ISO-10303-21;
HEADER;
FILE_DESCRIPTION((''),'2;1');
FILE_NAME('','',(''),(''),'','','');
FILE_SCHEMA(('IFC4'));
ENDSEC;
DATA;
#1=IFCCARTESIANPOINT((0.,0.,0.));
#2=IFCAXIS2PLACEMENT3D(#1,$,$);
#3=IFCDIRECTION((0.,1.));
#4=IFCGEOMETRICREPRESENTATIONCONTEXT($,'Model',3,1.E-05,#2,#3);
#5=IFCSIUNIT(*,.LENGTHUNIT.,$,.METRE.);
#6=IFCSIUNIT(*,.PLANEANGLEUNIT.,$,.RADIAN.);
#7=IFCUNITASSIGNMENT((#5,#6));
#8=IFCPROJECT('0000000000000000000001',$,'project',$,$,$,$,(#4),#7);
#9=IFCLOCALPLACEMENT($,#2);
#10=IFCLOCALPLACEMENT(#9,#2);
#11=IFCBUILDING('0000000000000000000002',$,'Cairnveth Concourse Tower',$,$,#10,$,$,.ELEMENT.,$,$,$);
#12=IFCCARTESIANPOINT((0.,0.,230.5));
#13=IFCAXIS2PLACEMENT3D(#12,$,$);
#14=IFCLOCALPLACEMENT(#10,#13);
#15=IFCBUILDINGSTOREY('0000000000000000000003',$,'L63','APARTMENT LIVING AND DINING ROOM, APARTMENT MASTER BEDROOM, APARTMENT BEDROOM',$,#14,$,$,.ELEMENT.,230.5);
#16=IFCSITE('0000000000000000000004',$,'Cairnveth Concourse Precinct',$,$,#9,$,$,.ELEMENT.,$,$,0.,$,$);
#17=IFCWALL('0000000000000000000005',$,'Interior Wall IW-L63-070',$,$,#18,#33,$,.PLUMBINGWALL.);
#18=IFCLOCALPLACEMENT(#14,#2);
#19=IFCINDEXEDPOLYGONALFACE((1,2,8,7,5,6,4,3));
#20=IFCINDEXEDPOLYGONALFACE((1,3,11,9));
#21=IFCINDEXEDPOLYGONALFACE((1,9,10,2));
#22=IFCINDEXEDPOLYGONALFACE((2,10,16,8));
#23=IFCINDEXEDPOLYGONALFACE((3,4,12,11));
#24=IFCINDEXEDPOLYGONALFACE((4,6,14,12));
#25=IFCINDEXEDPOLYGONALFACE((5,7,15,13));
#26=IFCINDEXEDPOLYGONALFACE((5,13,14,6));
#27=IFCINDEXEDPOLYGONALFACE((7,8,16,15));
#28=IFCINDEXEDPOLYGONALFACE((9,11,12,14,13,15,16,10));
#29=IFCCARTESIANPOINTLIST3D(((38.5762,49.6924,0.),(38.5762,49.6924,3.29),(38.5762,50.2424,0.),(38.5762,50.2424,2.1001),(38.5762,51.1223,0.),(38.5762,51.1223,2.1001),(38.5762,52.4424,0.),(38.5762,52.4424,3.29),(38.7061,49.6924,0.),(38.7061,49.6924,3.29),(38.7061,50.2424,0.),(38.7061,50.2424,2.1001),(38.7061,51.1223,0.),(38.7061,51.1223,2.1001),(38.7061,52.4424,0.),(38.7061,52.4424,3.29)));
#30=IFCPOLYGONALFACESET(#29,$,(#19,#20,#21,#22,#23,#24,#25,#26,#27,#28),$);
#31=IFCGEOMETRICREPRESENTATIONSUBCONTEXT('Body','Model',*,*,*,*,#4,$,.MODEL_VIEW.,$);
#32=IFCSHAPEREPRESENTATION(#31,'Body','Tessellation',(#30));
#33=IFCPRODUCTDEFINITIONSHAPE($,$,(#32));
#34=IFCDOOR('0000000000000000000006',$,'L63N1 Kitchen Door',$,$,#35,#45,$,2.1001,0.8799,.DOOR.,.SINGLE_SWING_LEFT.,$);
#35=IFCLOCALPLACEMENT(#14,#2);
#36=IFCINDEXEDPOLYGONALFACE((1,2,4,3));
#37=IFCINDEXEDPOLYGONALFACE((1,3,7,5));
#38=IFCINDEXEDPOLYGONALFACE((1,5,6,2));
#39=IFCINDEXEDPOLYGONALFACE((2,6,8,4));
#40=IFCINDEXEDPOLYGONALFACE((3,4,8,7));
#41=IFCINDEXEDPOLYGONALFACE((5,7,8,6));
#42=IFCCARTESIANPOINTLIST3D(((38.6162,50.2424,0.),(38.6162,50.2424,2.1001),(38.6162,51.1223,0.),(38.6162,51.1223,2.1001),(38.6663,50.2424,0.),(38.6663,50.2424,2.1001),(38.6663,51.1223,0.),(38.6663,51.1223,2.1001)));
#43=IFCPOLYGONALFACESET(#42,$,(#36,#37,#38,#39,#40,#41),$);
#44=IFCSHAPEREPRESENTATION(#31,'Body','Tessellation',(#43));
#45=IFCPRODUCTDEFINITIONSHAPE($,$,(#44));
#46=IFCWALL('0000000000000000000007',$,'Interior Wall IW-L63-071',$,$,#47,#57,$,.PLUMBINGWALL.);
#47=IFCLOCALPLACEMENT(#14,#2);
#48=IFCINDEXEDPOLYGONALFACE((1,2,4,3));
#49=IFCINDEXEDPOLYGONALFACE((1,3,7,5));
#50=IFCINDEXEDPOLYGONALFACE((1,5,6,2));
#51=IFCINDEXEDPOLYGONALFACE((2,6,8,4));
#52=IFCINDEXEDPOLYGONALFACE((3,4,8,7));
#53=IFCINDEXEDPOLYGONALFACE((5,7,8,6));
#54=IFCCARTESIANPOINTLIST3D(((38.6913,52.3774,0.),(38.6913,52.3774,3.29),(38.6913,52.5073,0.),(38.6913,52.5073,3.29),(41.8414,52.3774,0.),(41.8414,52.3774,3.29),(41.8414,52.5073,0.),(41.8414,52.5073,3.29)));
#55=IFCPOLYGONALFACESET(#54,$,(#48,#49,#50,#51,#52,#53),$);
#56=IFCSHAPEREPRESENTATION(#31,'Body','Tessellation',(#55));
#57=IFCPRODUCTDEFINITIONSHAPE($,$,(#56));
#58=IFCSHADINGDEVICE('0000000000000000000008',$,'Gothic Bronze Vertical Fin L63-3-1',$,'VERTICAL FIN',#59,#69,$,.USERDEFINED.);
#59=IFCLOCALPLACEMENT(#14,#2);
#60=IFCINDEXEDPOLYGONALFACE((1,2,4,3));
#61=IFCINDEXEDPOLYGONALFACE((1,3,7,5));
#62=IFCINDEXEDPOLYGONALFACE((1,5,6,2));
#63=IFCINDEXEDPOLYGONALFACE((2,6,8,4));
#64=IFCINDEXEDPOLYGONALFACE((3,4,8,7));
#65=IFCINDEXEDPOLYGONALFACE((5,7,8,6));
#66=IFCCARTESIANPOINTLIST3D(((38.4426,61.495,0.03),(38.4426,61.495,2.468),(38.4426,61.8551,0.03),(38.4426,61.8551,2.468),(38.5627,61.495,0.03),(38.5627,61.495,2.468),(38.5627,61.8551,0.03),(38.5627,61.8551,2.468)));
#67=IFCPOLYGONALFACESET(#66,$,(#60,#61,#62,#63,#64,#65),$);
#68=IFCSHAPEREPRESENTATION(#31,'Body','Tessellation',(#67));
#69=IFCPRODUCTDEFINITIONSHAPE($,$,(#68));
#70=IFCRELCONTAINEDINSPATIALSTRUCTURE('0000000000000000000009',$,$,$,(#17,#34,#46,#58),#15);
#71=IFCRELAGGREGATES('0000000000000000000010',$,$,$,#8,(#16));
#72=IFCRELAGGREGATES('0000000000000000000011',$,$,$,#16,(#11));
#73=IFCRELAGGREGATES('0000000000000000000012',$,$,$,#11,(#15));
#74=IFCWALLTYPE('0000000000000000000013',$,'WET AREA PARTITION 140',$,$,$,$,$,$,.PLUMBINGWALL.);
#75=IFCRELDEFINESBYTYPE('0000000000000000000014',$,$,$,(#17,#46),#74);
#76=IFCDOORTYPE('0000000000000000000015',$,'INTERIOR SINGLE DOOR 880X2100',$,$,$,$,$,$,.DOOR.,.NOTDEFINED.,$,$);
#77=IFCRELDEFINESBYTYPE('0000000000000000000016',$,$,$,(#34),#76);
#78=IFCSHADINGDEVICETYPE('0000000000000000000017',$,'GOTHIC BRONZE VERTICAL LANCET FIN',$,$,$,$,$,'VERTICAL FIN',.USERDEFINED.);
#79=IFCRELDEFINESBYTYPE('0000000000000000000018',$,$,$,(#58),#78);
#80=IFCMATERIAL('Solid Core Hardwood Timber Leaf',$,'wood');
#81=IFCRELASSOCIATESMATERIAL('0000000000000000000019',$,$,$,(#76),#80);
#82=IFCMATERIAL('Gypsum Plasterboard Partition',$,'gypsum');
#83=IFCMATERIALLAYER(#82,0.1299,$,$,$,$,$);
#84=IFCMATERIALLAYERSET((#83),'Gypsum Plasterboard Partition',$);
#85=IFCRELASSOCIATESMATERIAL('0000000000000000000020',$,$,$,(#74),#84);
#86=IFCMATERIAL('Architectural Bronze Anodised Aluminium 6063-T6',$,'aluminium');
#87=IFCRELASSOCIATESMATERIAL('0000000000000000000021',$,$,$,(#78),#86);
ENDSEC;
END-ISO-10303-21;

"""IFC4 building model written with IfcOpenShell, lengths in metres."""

from ifc_helpers import new_model, si_unit, direction, frame, frame_2d, origin, origin_2d, place, context, subcontext, project, spatial, rectangle, extrude, material, layer, layer_set, type_object, element, fill, save


model = new_model("IFC4")

# Units and contexts
model_context = context("Model", 3, precision=1e-05, world=origin(), true_north=direction((0.0, 1.0)))
body_context = subcontext(model_context, "Body", "Model", "MODEL_VIEW")
ifc_project = project(units=[si_unit("LENGTHUNIT", "METRE"), si_unit("PLANEANGLEUNIT", "RADIAN")], contexts=[model_context])

# Site, building, storey
site_placement = place(None, origin())
site = spatial("IfcSite", under=ifc_project, at=site_placement, Name="Cairnveth Concourse Precinct", CompositionType="ELEMENT", RefElevation=0.0)
building_placement = place(site_placement, origin())
building = spatial("IfcBuilding", under=site, at=building_placement, Name="Cairnveth Concourse Tower", CompositionType="ELEMENT")
storey_placement = place(building_placement, frame((0.0, 0.0, 230.5)))
storey = spatial("IfcBuildingStorey", under=building, at=storey_placement, Name="L63", Description="APARTMENT LIVING AND DINING ROOM, APARTMENT MASTER BEDROOM, APARTMENT BEDROOM", CompositionType="ELEMENT", Elevation=230.5)

# Shared definitions
ifc_material_1 = material(Name="Gypsum Plasterboard Partition", Category="gypsum")
ifc_material_2 = material(Name="Solid Core Hardwood Timber Leaf", Category="wood")
door_type_1 = type_object("IfcDoorType", Name="INTERIOR SINGLE DOOR 880X2100", OperationType="NOTDEFINED", PredefinedType="DOOR", material=ifc_material_2)

# Shared definitions
ifc_layer_1 = layer(ifc_material_1, 0.1299)
ifc_layer_set_1 = layer_set([ifc_layer_1], Name="Gypsum Plasterboard Partition")
wall_type_1 = type_object("IfcWallType", Name="WET AREA PARTITION 140", PredefinedType="PLUMBINGWALL", material=ifc_layer_set_1)

# Wall, opening, door
wall_1_placement = place(storey_placement, frame((38.6411, 49.6924, 0.0), z_axis=(0.0, 0.0, 1.0), x_axis=(0.0, 1.0, 0.0)))
wall_1 = element("IfcWall", 1, at=wall_1_placement, inside=storey, type_object=wall_type_1, Name="Interior Wall IW-L63-070", PredefinedType="PLUMBINGWALL", context=body_context, shape_type="SweptSolid", body=[
    extrude(rectangle(XDim=2.75, YDim=0.1299, at=frame_2d((1.375, 0.0))), origin(), (0.0, 0.0, 1.0), 3.29),
])
opening_1_placement = place(wall_1_placement, frame((0.55, 0.0, 0.0)))
opening_1 = element("IfcOpeningElement", 2, at=opening_1_placement, cuts=wall_1, PredefinedType="OPENING", context=body_context, shape_type="SweptSolid", body=[
    extrude(rectangle(XDim=0.8799, YDim=2.1001, at=frame_2d((0.4399, 1.05))), frame((0.0, 0.075, 0.0), z_axis=(0.0, -1.0, 0.0), x_axis=(1.0, 0.0, 0.0)), (0.0, 0.0, 1.0), 0.1499),
])
door_1_placement = place(opening_1_placement, origin())
door_1 = element("IfcDoor", 3, at=door_1_placement, inside=storey, type_object=door_type_1, Name="L63N1 Kitchen Door", OperationType="SINGLE_SWING_LEFT", OverallHeight=2.1001, OverallWidth=0.8799, PredefinedType="DOOR", context=body_context, shape_type="SweptSolid", body=[
    extrude(rectangle(XDim=0.8799, YDim=2.1001, at=frame_2d((0.4399, 1.05))), frame((0.0, 0.0249, 0.0), z_axis=(0.0, -1.0, 0.0), x_axis=(1.0, 0.0, 0.0)), (0.0, 0.0, 1.0), 0.05),
])
fill(opening_1, door_1)

# Wall
wall_2_placement = place(storey_placement, frame((38.6912, 52.4424, 0.0), z_axis=(0.0, 0.0, 1.0), x_axis=(1.0, 0.0, 0.0)))
element("IfcWall", 4, at=wall_2_placement, inside=storey, type_object=wall_type_1, Name="Interior Wall IW-L63-071", PredefinedType="PLUMBINGWALL", context=body_context, shape_type="SweptSolid", body=[
    extrude(rectangle(XDim=3.1501, YDim=0.1299, at=frame_2d((1.5752, 0.0))), origin(), (0.0, 0.0, 1.0), 3.29),
])

# Shading device
ifc_material_3 = material(Name="Architectural Bronze Anodised Aluminium 6063-T6", Category="aluminium")
shading_device_type = type_object("IfcShadingDeviceType", Name="GOTHIC BRONZE VERTICAL LANCET FIN", ElementType="VERTICAL FIN", PredefinedType="USERDEFINED", material=ifc_material_3)
shading_device_placement = place(storey_placement, frame((38.5027, 61.675, 0.03), z_axis=(0.0, 0.0, 1.0), x_axis=(1.0, 0.0, 0.0)))
element("IfcShadingDevice", 5, at=shading_device_placement, inside=storey, type_object=shading_device_type, Name="Gothic Bronze Vertical Fin L63-3-1", ObjectType="VERTICAL FIN", PredefinedType="USERDEFINED", context=body_context, shape_type="SweptSolid", body=[
    extrude(rectangle(XDim=0.1201, YDim=0.3601, at=origin_2d()), origin(), (0.0, 0.0, 1.0), 2.438),
])

save(model, "model.ifc")
